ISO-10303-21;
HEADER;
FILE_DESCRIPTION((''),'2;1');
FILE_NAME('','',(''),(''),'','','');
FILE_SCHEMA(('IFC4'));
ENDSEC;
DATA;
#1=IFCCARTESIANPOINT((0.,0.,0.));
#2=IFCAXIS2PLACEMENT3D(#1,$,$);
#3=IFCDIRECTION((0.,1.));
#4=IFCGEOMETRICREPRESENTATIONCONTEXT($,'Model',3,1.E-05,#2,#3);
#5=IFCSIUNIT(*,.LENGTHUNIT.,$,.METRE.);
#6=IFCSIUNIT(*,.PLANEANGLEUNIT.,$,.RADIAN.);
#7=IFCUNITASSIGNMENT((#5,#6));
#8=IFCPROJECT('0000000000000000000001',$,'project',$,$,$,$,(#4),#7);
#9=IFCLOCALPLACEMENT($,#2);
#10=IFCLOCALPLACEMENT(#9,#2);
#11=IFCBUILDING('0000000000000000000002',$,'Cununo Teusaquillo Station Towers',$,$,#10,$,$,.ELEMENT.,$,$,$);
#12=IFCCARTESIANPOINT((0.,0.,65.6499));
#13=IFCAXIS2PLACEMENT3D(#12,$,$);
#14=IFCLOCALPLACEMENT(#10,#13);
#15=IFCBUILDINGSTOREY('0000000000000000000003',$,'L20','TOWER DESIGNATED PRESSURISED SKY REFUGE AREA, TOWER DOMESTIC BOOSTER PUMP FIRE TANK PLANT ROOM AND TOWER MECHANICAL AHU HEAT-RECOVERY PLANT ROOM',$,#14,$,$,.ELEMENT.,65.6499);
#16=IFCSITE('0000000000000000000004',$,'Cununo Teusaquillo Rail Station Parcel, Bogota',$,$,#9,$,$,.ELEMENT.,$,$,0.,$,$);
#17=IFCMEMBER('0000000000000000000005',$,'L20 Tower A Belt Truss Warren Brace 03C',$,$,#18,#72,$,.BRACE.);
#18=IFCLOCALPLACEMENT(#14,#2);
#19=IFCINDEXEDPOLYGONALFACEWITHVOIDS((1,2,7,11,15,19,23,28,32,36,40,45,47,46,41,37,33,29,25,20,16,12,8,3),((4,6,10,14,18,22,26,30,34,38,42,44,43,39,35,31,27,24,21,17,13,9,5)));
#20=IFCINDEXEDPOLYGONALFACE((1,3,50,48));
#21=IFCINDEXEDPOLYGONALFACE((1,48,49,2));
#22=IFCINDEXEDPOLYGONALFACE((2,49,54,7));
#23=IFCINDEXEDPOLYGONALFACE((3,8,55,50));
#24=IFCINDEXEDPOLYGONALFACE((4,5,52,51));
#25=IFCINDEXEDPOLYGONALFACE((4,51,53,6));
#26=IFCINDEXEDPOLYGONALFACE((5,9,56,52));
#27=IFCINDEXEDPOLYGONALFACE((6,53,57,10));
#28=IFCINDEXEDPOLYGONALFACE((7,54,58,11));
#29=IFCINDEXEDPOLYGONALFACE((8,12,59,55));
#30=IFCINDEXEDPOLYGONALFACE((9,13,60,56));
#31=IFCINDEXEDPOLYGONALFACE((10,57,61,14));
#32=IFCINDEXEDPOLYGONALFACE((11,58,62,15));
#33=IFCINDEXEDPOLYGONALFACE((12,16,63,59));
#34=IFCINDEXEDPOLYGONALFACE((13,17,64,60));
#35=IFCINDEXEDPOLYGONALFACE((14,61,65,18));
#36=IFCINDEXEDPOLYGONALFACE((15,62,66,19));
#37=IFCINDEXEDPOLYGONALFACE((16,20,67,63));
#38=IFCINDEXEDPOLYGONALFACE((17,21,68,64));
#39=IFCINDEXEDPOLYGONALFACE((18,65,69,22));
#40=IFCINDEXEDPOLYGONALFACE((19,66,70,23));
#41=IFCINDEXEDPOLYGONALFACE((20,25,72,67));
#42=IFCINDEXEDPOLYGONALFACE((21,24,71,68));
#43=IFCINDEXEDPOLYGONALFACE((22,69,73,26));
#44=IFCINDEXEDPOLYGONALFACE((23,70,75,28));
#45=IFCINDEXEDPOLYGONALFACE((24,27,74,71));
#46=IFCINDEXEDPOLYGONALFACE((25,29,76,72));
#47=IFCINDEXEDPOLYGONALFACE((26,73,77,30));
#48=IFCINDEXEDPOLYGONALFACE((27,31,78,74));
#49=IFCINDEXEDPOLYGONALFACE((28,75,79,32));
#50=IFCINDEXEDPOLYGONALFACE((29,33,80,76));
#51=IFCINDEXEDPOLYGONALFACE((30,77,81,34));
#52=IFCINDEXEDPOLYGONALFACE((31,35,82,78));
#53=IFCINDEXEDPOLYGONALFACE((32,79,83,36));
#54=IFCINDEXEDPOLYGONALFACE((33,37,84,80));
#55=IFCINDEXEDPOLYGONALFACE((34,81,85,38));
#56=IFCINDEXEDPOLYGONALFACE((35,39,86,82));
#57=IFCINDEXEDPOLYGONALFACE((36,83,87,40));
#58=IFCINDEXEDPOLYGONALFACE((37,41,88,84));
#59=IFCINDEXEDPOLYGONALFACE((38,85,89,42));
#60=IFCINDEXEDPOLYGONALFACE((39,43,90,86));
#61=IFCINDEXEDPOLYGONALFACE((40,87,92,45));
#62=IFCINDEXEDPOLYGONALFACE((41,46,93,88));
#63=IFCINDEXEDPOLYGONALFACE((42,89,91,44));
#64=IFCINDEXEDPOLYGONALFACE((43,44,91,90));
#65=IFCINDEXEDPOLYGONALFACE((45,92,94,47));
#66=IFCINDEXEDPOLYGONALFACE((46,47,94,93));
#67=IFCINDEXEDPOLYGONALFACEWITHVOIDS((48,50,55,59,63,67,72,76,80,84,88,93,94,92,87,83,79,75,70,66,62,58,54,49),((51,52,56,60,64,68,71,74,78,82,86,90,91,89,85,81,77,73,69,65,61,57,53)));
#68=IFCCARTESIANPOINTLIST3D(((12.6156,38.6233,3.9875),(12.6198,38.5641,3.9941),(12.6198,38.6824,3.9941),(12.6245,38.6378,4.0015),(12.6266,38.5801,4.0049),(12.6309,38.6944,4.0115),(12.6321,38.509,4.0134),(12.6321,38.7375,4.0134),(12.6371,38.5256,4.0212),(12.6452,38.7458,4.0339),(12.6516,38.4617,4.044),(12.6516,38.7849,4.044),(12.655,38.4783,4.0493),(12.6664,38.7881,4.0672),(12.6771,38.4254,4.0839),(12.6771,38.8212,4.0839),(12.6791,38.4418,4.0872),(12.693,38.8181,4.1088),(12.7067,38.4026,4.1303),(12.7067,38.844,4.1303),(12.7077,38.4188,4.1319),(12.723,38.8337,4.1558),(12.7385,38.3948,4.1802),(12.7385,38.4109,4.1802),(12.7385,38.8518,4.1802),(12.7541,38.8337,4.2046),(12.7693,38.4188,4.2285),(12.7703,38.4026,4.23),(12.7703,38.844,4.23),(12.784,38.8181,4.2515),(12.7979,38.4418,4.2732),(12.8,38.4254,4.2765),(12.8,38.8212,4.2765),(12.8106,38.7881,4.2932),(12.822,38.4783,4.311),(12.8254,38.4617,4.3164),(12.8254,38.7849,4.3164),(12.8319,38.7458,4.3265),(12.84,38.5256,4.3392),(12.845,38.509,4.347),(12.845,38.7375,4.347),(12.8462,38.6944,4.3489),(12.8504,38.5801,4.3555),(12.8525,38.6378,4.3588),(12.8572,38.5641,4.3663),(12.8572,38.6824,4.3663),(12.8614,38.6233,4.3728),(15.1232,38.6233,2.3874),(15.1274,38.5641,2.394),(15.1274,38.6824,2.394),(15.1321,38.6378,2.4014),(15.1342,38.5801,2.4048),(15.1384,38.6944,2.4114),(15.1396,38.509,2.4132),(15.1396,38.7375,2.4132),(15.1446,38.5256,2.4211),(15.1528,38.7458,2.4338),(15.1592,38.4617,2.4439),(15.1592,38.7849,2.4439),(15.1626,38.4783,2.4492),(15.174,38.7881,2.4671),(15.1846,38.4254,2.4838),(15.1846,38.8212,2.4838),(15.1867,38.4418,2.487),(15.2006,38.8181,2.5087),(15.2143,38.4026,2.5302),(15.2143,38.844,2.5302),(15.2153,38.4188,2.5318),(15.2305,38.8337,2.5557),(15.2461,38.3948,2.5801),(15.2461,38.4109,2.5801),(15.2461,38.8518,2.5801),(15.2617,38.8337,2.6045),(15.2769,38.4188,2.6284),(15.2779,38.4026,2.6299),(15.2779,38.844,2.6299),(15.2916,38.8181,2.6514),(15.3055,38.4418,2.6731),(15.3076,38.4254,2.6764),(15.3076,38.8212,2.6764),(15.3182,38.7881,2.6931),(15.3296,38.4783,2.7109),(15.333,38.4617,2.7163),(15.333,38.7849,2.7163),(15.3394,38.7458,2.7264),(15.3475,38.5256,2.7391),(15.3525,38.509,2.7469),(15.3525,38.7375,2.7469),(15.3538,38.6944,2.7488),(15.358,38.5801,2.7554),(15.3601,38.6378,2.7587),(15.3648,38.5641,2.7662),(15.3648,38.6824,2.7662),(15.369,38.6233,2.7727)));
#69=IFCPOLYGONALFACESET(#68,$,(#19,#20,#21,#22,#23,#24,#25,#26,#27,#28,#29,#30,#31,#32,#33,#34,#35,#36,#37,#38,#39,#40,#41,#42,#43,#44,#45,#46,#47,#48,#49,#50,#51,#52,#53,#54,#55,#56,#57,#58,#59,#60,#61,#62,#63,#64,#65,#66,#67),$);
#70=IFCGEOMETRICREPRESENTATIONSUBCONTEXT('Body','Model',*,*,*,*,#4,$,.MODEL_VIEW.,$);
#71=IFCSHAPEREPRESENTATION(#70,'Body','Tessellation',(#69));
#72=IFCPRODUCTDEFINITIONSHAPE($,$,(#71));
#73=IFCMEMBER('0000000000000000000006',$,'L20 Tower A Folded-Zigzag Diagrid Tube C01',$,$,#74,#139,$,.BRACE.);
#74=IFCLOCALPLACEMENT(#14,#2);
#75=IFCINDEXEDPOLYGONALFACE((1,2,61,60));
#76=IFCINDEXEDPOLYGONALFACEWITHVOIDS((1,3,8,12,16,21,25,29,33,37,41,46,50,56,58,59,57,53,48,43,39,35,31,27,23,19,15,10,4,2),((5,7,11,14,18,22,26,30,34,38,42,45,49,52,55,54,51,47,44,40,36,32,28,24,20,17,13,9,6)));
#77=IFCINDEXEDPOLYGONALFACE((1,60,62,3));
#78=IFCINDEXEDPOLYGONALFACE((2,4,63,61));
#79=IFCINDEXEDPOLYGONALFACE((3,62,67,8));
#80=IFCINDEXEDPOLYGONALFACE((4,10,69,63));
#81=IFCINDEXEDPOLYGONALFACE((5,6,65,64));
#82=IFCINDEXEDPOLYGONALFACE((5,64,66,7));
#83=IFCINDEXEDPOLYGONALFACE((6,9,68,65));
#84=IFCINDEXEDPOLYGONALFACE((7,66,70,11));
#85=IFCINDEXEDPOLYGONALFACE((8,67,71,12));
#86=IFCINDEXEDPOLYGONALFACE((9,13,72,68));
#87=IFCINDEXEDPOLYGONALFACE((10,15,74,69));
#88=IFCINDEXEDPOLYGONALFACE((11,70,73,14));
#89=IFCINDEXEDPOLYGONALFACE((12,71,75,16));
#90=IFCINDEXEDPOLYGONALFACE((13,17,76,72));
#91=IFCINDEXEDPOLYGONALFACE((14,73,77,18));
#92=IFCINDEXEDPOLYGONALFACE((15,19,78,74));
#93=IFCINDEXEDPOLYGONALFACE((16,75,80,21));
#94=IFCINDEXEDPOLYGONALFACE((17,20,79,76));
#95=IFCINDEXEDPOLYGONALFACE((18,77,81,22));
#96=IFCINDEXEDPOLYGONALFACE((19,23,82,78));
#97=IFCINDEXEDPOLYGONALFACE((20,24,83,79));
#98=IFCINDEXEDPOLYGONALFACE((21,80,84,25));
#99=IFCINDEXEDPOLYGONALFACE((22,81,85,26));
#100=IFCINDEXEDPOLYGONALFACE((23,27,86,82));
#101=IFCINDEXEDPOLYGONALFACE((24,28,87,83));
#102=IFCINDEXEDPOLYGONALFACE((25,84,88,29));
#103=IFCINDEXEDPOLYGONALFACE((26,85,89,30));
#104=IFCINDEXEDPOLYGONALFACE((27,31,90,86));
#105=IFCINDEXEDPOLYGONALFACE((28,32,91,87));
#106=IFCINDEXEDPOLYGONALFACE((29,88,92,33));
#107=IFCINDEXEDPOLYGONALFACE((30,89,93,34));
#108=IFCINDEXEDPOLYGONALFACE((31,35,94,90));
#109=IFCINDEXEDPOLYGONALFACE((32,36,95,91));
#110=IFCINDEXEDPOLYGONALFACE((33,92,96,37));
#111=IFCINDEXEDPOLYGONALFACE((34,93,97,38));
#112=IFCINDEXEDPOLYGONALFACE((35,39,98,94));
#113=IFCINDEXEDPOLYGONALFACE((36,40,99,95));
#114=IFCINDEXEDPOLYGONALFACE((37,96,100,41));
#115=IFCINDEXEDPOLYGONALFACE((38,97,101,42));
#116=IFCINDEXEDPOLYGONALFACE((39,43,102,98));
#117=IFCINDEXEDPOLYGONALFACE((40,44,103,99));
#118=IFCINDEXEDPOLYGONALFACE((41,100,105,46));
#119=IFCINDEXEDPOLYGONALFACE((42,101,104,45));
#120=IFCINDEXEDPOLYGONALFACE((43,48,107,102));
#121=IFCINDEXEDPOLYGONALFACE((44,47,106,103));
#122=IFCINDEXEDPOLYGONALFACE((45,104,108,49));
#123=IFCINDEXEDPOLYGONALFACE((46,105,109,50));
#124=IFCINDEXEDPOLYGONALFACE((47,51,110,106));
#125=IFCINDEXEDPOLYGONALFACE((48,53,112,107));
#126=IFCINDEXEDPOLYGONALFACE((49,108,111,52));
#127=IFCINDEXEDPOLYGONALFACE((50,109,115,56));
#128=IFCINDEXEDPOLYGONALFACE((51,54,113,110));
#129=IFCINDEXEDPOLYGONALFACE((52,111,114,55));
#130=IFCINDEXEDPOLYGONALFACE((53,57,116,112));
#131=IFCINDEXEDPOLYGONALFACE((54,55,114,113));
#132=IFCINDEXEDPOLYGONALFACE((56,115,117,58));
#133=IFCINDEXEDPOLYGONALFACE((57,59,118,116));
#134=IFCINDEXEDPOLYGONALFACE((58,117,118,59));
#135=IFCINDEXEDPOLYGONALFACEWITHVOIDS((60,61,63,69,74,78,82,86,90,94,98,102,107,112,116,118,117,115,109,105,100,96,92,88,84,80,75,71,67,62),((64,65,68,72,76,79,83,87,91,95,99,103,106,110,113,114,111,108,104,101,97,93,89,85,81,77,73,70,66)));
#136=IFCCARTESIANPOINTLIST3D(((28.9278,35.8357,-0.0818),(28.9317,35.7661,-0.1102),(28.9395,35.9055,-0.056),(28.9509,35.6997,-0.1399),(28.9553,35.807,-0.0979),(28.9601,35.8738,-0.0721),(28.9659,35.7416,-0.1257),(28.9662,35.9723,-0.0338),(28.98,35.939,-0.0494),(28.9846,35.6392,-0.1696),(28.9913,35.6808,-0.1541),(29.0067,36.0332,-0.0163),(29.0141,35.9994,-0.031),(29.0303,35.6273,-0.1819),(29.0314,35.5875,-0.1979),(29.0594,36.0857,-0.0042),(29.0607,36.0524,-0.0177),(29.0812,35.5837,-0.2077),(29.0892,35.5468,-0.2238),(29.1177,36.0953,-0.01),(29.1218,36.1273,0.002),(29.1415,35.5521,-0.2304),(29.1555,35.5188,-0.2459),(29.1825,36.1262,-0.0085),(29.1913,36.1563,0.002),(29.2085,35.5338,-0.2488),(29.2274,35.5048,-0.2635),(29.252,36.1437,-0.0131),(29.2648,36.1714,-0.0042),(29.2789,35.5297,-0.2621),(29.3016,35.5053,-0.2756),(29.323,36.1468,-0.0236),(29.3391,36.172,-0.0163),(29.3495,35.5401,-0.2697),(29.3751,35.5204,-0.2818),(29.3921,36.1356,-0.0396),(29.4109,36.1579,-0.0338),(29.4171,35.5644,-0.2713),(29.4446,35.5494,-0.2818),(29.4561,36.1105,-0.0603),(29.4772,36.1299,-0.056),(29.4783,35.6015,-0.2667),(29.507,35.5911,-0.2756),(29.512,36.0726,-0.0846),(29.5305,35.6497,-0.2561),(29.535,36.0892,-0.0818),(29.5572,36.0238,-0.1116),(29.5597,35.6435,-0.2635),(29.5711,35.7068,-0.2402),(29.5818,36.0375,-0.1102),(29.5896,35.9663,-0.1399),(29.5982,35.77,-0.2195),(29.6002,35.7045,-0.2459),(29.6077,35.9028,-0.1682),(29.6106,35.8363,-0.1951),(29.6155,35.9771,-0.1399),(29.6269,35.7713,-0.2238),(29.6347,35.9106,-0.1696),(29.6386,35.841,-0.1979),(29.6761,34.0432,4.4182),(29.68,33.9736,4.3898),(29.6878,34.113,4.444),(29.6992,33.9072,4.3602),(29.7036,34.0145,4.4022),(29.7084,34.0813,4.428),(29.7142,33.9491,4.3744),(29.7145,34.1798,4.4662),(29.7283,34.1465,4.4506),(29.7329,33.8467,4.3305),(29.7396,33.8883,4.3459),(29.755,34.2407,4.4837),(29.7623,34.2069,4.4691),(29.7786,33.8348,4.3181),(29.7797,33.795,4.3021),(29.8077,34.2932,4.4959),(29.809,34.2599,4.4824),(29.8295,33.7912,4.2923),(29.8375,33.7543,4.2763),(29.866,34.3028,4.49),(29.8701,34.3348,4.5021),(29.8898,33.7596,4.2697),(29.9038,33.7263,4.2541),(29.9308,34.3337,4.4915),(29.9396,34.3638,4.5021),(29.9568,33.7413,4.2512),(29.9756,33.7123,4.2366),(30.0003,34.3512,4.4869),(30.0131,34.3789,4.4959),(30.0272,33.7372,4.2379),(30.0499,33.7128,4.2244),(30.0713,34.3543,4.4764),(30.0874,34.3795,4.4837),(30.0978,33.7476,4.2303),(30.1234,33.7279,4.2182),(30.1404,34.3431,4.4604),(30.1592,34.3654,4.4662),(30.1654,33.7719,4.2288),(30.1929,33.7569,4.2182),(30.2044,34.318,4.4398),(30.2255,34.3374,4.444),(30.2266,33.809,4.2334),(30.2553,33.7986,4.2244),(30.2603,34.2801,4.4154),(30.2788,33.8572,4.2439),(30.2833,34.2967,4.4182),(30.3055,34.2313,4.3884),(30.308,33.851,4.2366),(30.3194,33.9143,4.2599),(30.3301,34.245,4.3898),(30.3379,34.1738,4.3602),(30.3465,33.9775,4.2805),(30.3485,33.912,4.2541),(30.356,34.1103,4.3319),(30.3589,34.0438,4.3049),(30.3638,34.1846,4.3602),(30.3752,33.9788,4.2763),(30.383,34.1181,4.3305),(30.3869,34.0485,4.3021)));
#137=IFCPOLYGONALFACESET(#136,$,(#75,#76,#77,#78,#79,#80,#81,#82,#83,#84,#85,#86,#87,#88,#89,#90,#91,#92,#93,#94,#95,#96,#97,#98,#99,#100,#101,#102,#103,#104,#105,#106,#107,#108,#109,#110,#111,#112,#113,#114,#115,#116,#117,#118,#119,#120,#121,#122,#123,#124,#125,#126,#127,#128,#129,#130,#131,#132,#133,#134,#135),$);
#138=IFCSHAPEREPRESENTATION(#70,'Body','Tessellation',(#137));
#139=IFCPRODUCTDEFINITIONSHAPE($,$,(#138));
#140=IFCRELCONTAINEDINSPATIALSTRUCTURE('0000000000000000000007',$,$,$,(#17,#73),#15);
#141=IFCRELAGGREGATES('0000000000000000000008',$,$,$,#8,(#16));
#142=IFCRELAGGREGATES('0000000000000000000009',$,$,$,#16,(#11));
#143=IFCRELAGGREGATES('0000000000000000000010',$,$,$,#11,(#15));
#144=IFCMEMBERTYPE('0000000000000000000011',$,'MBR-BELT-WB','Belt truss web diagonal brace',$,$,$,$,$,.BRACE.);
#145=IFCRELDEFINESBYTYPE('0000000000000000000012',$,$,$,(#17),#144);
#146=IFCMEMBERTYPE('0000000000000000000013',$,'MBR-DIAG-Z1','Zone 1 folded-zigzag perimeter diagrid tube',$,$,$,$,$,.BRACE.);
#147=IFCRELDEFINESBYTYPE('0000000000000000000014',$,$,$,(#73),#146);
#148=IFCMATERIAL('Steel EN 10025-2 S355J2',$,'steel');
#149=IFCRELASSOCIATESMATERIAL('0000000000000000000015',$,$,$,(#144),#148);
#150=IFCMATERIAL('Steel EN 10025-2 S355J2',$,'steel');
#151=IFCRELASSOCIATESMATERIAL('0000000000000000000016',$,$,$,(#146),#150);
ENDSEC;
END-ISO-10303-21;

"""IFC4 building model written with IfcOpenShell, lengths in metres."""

from ifc_helpers import new_model, si_unit, direction, frame, origin, origin_2d, place, context, subcontext, project, spatial, hollow_circle, extrude, material, material_profile, profile_set, type_object, element, save


model = new_model("IFC4")

# Units and contexts
model_context = context("Model", 3, precision=1e-05, world=origin(), true_north=direction((0.0, 1.0)))
body_context = subcontext(model_context, "Body", "Model", "MODEL_VIEW")
ifc_project = project(units=[si_unit("LENGTHUNIT", "METRE"), si_unit("PLANEANGLEUNIT", "RADIAN")], contexts=[model_context])

# Site, building, storey
site_placement = place(None, origin())
site = spatial("IfcSite", under=ifc_project, at=site_placement, Name="Cununo Teusaquillo Rail Station Parcel, Bogota", CompositionType="ELEMENT", RefElevation=0.0)
building_placement = place(site_placement, origin())
building = spatial("IfcBuilding", under=site, at=building_placement, Name="Cununo Teusaquillo Station Towers", CompositionType="ELEMENT")
storey_placement = place(building_placement, frame((0.0, 0.0, 65.6499)))
storey = spatial("IfcBuildingStorey", under=building, at=storey_placement, Name="L20", Description="TOWER DESIGNATED PRESSURISED SKY REFUGE AREA, TOWER DOMESTIC BOOSTER PUMP FIRE TANK PLANT ROOM AND TOWER MECHANICAL AHU HEAT-RECOVERY PLANT ROOM", CompositionType="ELEMENT", Elevation=65.6499)

# Members
ifc_material_1 = material(Name="Steel EN 10025-2 S355J2", Category="steel")
ifc_material_profile_1 = material_profile(ifc_material_1, hollow_circle(Radius=0.2285, WallThickness=0.0161, at=origin_2d()), Name="CHS 457x16")
ifc_profile_set_1 = profile_set([ifc_material_profile_1], Name="Steel EN 10025-2 S355J2")
member_type_1 = type_object("IfcMemberType", Name="MBR-BELT-WB", Description="Belt truss web diagonal brace", PredefinedType="BRACE", material=ifc_profile_set_1)
member_1_placement = place(storey_placement, frame((15.2461, 38.6233, 2.5801), z_axis=(-0.842995, 0.0, 0.537921), x_axis=(0.0, -1.0, 0.0)))
element("IfcMember", 1, at=member_1_placement, inside=storey, type_object=member_type_1, Name="L20 Tower A Belt Truss Warren Brace 03C", PredefinedType="BRACE", context=body_context, shape_type="SweptSolid", body=[
    extrude(hollow_circle(Radius=0.2285, WallThickness=0.0161, at=origin_2d()), origin(), (0.0, 0.0, 1.0), 2.9746),
])
ifc_material_2 = material(Name="Steel EN 10025-2 S355J2", Category="steel")
ifc_material_profile_2 = material_profile(ifc_material_2, hollow_circle(Radius=0.3601, WallThickness=0.0281, at=origin_2d()), Name="CHS 720x28")
ifc_profile_set_2 = profile_set([ifc_material_profile_2], Name="Steel EN 10025-2 S355J2")
member_type_2 = type_object("IfcMemberType", Name="MBR-DIAG-Z1", Description="Zone 1 folded-zigzag perimeter diagrid tube", PredefinedType="BRACE", material=ifc_profile_set_2)
member_2_placement = place(storey_placement, frame((29.2832, 35.8384, -0.1399), z_axis=(0.152671, -0.365714, 0.91812), x_axis=(0.922816, 0.38524, 0.0)))
element("IfcMember", 2, at=member_2_placement, inside=storey, type_object=member_type_2, Name="L20 Tower A Folded-Zigzag Diagrid Tube C01", PredefinedType="BRACE", context=body_context, shape_type="SweptSolid", body=[
    extrude(hollow_circle(Radius=0.3601, WallThickness=0.0281, at=origin_2d()), origin(), (0.0, 0.0, 1.0), 4.9014),
])

save(model, "model.ifc")
